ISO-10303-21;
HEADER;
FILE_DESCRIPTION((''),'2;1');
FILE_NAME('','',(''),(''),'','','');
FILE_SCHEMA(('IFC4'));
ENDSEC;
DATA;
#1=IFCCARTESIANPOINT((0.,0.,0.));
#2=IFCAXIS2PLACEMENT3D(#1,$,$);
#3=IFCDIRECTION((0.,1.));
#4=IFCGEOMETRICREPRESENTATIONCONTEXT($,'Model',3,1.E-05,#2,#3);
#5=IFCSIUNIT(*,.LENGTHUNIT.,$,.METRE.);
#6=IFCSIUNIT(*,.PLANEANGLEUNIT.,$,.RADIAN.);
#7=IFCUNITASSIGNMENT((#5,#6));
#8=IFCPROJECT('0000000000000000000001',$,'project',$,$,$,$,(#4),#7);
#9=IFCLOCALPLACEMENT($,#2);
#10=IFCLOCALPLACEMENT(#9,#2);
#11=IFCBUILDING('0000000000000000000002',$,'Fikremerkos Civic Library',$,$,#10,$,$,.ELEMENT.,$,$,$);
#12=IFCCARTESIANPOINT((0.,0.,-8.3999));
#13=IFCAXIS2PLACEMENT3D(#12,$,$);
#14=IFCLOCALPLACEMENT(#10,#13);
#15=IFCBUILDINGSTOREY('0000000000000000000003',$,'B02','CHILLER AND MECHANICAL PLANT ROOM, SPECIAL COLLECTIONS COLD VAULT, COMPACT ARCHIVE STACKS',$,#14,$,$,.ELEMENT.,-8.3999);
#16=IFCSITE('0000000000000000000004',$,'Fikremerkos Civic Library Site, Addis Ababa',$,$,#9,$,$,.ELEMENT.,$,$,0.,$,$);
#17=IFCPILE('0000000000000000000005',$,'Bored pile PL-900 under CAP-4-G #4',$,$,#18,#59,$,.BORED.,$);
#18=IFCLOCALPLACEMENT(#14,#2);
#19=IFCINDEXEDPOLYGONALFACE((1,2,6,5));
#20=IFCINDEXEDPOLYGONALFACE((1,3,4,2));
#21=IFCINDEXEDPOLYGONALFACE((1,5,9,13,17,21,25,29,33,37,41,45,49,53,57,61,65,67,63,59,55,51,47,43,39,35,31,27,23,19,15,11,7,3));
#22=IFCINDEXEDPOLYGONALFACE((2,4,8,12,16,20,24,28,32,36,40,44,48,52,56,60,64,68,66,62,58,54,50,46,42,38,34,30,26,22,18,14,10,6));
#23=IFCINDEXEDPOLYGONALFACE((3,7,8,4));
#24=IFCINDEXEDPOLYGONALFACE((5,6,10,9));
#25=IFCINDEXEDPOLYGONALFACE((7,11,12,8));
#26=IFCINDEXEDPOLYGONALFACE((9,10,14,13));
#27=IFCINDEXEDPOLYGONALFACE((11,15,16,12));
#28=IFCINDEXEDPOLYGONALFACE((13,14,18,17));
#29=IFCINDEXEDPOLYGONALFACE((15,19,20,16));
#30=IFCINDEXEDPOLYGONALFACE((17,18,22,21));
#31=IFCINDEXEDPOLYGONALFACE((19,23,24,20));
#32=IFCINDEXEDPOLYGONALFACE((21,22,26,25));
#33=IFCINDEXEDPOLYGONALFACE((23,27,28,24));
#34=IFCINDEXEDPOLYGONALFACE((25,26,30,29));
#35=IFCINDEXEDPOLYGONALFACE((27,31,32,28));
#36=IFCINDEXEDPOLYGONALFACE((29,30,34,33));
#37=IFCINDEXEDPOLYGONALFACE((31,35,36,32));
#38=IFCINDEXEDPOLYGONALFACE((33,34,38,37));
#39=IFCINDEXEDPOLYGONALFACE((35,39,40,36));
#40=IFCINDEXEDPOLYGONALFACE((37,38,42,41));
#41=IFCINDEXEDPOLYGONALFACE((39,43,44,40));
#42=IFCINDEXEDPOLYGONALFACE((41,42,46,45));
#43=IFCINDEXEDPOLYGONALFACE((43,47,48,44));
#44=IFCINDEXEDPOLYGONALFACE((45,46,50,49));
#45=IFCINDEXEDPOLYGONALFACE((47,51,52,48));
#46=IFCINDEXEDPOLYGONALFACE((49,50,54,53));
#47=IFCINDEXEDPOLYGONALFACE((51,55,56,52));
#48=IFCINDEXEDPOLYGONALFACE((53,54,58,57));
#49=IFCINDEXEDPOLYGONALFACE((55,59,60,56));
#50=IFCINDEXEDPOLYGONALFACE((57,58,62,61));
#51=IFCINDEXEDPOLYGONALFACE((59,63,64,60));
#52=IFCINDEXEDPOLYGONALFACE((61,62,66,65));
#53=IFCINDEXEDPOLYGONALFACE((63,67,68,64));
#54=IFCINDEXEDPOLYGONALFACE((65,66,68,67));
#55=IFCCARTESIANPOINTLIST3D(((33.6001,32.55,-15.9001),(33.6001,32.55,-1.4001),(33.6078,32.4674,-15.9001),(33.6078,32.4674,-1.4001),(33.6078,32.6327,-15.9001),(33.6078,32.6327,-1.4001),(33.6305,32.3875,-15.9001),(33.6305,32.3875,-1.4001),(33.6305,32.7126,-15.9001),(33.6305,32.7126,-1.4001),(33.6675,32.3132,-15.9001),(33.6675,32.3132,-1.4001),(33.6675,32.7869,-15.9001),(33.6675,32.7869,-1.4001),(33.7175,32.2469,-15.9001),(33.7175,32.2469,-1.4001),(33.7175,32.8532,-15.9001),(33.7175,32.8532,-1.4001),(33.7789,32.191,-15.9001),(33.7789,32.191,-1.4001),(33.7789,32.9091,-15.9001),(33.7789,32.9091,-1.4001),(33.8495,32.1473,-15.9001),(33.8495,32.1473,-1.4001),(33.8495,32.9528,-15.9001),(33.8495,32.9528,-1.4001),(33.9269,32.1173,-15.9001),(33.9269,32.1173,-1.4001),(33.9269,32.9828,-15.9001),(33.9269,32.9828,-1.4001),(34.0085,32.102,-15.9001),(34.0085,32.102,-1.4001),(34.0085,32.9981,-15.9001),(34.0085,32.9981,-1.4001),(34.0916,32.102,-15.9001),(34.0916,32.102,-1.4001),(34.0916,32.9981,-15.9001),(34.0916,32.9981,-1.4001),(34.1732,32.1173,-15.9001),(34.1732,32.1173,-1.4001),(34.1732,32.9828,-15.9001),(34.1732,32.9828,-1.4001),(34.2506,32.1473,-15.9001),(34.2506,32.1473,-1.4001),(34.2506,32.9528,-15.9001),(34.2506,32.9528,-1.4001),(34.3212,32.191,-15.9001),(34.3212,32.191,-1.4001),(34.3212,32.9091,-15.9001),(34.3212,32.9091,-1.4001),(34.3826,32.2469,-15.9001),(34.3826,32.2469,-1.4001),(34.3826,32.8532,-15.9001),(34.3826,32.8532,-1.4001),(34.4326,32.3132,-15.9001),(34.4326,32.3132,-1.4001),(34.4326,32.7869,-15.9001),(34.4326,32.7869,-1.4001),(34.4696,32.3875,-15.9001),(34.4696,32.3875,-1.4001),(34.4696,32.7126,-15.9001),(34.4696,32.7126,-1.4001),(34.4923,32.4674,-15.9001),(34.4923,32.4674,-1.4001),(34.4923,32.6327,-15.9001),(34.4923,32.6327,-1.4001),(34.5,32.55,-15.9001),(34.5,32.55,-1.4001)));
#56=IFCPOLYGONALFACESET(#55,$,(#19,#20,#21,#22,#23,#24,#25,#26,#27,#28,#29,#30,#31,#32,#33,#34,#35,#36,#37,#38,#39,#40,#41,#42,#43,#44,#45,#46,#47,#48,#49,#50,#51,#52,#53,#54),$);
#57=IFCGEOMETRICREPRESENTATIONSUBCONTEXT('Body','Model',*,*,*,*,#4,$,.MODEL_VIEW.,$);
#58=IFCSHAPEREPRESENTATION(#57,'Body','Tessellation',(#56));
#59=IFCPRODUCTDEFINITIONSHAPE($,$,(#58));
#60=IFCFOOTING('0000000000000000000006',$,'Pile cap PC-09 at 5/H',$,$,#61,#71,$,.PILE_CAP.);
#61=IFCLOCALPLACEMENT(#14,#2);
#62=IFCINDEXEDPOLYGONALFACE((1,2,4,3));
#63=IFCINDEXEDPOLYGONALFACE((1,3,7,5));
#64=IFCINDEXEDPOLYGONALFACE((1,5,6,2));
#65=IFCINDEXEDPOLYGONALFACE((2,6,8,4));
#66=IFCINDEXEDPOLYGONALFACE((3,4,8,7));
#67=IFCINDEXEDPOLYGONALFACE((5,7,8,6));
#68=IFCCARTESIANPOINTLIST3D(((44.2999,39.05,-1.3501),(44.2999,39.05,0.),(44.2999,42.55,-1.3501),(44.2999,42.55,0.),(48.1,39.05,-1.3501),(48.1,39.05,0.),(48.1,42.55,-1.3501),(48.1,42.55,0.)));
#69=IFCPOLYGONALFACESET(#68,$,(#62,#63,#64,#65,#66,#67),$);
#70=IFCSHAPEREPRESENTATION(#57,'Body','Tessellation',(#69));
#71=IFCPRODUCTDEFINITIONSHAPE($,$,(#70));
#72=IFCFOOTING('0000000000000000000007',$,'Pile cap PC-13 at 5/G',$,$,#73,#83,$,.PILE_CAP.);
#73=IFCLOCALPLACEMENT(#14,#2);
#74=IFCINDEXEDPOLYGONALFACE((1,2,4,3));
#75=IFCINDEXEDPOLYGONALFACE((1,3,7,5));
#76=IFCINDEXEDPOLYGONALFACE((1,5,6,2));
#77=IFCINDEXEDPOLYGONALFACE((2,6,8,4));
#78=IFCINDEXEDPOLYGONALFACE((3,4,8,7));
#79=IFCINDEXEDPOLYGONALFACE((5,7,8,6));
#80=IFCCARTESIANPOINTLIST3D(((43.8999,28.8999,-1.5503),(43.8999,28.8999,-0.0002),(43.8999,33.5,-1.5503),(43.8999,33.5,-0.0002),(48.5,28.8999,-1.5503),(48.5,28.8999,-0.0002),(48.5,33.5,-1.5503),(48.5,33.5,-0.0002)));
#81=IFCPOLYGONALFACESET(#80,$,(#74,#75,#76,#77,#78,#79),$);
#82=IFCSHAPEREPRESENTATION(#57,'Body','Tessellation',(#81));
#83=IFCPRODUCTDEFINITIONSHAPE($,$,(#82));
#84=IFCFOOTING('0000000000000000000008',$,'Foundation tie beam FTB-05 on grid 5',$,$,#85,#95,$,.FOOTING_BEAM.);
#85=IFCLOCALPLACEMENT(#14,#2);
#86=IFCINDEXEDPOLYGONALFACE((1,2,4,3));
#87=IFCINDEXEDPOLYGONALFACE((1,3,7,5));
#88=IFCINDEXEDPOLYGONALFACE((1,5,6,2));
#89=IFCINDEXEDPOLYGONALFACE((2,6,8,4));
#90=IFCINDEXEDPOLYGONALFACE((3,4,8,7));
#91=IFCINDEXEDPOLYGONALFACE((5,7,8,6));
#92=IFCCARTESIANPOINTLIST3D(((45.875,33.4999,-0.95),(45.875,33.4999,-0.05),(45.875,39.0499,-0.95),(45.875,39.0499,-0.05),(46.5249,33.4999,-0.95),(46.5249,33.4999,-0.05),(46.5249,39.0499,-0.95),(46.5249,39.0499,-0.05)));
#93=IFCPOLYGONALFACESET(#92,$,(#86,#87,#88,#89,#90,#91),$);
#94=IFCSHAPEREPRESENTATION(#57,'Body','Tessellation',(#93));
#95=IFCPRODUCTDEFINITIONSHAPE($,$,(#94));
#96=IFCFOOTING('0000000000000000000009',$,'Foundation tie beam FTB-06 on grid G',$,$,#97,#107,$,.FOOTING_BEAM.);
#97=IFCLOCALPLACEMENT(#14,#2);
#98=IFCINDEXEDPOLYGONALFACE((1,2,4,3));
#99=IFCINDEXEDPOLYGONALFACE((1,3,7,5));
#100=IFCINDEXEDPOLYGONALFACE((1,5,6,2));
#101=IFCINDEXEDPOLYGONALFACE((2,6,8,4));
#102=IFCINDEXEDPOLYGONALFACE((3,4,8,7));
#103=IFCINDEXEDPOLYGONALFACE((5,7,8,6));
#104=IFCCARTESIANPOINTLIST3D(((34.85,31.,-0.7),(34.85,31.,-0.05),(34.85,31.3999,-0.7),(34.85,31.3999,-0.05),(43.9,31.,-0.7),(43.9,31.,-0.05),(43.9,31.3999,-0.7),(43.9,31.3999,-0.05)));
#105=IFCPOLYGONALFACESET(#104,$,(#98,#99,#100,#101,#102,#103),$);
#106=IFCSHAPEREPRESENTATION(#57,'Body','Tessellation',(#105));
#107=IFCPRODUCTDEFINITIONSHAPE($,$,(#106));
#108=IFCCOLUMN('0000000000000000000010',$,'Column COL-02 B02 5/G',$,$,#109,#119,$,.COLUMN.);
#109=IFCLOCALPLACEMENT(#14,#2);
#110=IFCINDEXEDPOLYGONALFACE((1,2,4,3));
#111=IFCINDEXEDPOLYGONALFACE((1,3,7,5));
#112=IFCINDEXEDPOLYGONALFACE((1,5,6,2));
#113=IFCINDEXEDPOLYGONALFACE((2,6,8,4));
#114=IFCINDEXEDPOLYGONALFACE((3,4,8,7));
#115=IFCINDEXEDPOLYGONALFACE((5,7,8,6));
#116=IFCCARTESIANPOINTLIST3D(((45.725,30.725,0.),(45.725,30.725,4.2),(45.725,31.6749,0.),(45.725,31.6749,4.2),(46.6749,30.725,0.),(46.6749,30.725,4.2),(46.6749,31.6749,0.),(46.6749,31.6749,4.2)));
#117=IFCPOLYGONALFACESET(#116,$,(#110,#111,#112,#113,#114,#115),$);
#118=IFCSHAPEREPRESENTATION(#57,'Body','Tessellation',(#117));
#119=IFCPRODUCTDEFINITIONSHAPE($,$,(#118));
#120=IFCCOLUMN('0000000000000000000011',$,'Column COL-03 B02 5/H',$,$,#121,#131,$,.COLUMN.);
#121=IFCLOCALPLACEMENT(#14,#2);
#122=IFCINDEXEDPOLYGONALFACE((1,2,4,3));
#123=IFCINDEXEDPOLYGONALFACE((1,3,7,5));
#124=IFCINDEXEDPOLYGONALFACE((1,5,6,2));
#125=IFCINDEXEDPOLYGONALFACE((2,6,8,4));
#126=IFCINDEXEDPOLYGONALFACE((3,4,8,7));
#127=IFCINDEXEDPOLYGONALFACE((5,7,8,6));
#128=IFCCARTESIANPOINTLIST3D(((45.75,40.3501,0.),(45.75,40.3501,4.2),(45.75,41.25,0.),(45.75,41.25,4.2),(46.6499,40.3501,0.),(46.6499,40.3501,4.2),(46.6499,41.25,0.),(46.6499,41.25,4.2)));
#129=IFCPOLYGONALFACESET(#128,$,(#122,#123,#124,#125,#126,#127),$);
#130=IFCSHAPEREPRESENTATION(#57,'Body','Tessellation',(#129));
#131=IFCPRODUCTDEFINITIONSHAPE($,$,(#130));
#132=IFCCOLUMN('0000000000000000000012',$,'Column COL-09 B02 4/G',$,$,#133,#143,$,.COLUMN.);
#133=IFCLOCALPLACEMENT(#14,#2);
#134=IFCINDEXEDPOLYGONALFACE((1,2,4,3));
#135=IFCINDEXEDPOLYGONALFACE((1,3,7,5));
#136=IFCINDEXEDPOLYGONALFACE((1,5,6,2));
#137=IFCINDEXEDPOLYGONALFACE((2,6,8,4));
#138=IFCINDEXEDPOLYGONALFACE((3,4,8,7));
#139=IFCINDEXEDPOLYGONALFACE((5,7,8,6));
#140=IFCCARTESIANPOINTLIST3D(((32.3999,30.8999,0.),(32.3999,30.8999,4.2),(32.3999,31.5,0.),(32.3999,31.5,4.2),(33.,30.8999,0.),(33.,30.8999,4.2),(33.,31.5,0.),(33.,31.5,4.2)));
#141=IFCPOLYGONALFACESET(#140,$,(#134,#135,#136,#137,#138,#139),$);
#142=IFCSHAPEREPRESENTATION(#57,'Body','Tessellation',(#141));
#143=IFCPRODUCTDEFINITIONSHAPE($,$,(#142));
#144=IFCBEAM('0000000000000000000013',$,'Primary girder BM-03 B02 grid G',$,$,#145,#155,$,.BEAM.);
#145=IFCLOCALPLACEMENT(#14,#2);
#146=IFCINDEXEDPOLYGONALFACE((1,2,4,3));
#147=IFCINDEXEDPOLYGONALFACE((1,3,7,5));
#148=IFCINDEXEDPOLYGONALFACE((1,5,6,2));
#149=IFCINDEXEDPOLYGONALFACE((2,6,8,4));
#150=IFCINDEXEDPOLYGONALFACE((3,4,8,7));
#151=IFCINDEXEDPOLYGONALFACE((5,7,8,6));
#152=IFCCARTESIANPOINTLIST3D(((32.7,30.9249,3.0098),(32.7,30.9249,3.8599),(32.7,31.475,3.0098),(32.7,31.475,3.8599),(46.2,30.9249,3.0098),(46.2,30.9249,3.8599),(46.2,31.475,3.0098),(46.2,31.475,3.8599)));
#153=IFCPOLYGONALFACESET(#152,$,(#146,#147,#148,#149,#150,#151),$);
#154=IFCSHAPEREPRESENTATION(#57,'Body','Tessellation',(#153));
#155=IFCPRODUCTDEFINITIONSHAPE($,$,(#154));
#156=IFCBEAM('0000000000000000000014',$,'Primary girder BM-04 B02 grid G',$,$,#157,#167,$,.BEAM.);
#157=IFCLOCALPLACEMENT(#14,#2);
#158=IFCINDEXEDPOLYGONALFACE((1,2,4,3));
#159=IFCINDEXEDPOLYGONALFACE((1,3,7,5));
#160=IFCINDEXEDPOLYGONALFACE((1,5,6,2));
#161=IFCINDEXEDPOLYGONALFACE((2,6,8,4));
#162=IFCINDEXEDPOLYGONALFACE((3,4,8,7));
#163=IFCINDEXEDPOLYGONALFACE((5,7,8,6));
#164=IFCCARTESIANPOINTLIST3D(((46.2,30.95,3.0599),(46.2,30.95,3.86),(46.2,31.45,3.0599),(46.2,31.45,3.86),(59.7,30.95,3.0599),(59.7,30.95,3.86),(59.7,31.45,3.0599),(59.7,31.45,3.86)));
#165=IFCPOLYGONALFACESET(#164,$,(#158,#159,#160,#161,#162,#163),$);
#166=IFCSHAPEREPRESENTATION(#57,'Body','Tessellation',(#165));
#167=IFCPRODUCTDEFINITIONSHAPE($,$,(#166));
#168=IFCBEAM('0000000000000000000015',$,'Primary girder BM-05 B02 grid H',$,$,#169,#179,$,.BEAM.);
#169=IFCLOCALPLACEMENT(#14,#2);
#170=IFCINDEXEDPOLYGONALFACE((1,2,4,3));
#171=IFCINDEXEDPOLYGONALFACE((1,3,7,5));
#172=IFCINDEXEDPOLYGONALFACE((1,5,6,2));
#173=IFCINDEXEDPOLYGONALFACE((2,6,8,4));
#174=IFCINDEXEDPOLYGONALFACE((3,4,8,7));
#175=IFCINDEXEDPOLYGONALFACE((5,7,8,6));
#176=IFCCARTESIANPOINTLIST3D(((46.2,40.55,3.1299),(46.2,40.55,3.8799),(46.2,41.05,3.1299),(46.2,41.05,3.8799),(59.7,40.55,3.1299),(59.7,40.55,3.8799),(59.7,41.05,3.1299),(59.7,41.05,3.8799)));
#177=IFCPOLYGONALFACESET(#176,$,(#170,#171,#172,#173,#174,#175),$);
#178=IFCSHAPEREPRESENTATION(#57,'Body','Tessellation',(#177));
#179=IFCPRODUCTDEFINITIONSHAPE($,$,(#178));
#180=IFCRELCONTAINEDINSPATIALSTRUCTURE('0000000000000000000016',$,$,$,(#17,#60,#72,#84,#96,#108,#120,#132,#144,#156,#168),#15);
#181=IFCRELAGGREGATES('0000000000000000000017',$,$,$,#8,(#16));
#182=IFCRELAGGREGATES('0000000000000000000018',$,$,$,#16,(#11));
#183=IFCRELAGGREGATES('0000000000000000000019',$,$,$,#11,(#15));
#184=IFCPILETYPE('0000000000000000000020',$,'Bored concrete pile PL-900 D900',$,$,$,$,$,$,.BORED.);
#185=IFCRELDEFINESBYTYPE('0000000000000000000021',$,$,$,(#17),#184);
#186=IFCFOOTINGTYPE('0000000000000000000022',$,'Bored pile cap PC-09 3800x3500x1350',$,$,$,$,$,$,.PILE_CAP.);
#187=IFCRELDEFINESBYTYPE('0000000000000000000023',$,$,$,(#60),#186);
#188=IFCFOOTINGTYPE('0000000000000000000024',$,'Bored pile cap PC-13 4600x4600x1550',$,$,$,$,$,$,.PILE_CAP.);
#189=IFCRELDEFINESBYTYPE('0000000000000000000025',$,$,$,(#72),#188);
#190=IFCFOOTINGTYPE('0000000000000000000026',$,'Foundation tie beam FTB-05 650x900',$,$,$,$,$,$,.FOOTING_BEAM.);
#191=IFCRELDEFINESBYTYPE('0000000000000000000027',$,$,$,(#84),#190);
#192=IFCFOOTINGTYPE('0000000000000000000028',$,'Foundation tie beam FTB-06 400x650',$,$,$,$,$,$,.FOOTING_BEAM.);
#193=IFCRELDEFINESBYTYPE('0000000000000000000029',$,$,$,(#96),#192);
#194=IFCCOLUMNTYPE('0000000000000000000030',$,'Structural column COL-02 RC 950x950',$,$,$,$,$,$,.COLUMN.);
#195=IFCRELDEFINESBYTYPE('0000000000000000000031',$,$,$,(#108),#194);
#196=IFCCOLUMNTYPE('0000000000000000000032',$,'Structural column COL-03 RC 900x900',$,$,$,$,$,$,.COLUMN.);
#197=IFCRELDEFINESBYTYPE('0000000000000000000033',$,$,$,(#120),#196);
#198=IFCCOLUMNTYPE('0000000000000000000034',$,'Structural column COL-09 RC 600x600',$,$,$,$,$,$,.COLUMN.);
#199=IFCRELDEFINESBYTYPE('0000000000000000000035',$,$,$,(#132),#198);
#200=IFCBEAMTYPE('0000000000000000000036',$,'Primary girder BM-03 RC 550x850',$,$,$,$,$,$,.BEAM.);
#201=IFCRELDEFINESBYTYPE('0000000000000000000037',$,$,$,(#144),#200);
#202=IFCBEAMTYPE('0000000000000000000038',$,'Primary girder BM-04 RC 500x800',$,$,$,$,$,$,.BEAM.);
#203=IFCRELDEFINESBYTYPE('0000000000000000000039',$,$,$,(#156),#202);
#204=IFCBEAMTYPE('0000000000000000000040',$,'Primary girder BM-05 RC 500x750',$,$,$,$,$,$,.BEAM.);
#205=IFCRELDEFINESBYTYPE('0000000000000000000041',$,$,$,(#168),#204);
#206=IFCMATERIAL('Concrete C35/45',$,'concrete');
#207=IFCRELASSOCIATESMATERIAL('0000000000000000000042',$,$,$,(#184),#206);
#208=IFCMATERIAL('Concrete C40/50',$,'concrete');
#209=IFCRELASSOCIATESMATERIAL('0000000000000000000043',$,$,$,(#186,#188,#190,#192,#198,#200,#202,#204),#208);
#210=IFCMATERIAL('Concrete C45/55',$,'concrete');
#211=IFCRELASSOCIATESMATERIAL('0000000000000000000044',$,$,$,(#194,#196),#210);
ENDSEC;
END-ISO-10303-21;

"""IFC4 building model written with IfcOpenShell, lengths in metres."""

from ifc_helpers import new_model, si_unit, direction, frame, origin, origin_2d, place, context, subcontext, project, spatial, rectangle, circle, extrude, material, material_profile, profile_set, type_object, element, save


model = new_model("IFC4")

# Units and contexts
model_context = context("Model", 3, precision=1e-05, world=origin(), true_north=direction((0.0, 1.0)))
body_context = subcontext(model_context, "Body", "Model", "MODEL_VIEW")
ifc_project = project(units=[si_unit("LENGTHUNIT", "METRE"), si_unit("PLANEANGLEUNIT", "RADIAN")], contexts=[model_context])

# Site, building, storey
site_placement = place(None, origin())
site = spatial("IfcSite", under=ifc_project, at=site_placement, Name="Fikremerkos Civic Library Site, Addis Ababa", CompositionType="ELEMENT", RefElevation=0.0)
building_placement = place(site_placement, origin())
building = spatial("IfcBuilding", under=site, at=building_placement, Name="Fikremerkos Civic Library", CompositionType="ELEMENT")
storey_placement = place(building_placement, frame((0.0, 0.0, -8.3999)))
storey = spatial("IfcBuildingStorey", under=building, at=storey_placement, Name="B02", Description="CHILLER AND MECHANICAL PLANT ROOM, SPECIAL COLLECTIONS COLD VAULT, COMPACT ARCHIVE STACKS", CompositionType="ELEMENT", Elevation=-8.3999)

# Pile
ifc_material_1 = material(Name="Concrete C35/45", Category="concrete")
ifc_material_profile_1 = material_profile(ifc_material_1, circle(Radius=0.45, at=origin_2d()), Name="BORED PILE 900")
ifc_profile_set_1 = profile_set([ifc_material_profile_1], Name="Concrete C35/45")
pile_type_1 = type_object("IfcPileType", Name="Bored concrete pile PL-900 D900", PredefinedType="BORED", material=ifc_profile_set_1)
for number, where, z_axis, x_axis, name in (
    (1, (34.05, 32.55, -1.4001), (0.0, 0.0, -1.0), (1.0, 0.0, 0.0), "Bored pile PL-900 under CAP-4-G #4"),
):
    element("IfcPile", number, at=place(storey_placement, frame(where, z_axis=z_axis, x_axis=x_axis)), inside=storey, type_object=pile_type_1, Name=name, PredefinedType="BORED", context=body_context, shape_type="SweptSolid", body=[
        extrude(circle(Radius=0.45, at=origin_2d()), origin(), (0.0, 0.0, 1.0), 14.5),
    ])

# Footings
ifc_material_2 = material(Name="Concrete C40/50", Category="concrete")
footing_type_1 = type_object("IfcFootingType", Name="Bored pile cap PC-09 3800x3500x1350", PredefinedType="PILE_CAP", material=ifc_material_2)
footing_1_placement = place(storey_placement, frame((46.2, 40.8, -1.3501), z_axis=(0.0, 0.0, 1.0), x_axis=(1.0, 0.0, 0.0)))
element("IfcFooting", 2, at=footing_1_placement, inside=storey, type_object=footing_type_1, Name="Pile cap PC-09 at 5/H", PredefinedType="PILE_CAP", context=body_context, shape_type="SweptSolid", body=[
    extrude(rectangle(XDim=3.8, YDim=3.5, at=origin_2d()), origin(), (0.0, 0.0, 1.0), 1.3501),
])
footing_type_2 = type_object("IfcFootingType", Name="Bored pile cap PC-13 4600x4600x1550", PredefinedType="PILE_CAP", material=ifc_material_2)
footing_2_placement = place(storey_placement, frame((46.2, 31.2, -1.5503), z_axis=(0.0, 0.0, 1.0), x_axis=(1.0, 0.0, 0.0)))
element("IfcFooting", 3, at=footing_2_placement, inside=storey, type_object=footing_type_2, Name="Pile cap PC-13 at 5/G", PredefinedType="PILE_CAP", context=body_context, shape_type="SweptSolid", body=[
    extrude(rectangle(XDim=4.6001, YDim=4.6001, at=origin_2d()), origin(), (0.0, 0.0, 1.0), 1.55),
])
footing_type_3 = type_object("IfcFootingType", Name="Foundation tie beam FTB-05 650x900", PredefinedType="FOOTING_BEAM", material=ifc_material_2)
footing_3_placement = place(storey_placement, frame((46.2, 36.2749, -0.95), z_axis=(0.0, 0.0, 1.0), x_axis=(0.0, 1.0, 0.0)))
element("IfcFooting", 4, at=footing_3_placement, inside=storey, type_object=footing_type_3, Name="Foundation tie beam FTB-05 on grid 5", PredefinedType="FOOTING_BEAM", context=body_context, shape_type="SweptSolid", body=[
    extrude(rectangle(XDim=5.55, YDim=0.6499, at=origin_2d()), origin(), (0.0, 0.0, 1.0), 0.8999),
])
footing_type_4 = type_object("IfcFootingType", Name="Foundation tie beam FTB-06 400x650", PredefinedType="FOOTING_BEAM", material=ifc_material_2)
footing_4_placement = place(storey_placement, frame((39.375, 31.2, -0.7), z_axis=(0.0, 0.0, 1.0), x_axis=(1.0, 0.0, 0.0)))
element("IfcFooting", 5, at=footing_4_placement, inside=storey, type_object=footing_type_4, Name="Foundation tie beam FTB-06 on grid G", PredefinedType="FOOTING_BEAM", context=body_context, shape_type="SweptSolid", body=[
    extrude(rectangle(XDim=9.05, YDim=0.3999, at=origin_2d()), origin(), (0.0, 0.0, 1.0), 0.6499),
])

# Columns
ifc_material_3 = material(Name="Concrete C45/55", Category="concrete")
ifc_material_profile_2 = material_profile(ifc_material_3, rectangle(XDim=0.95, YDim=0.95, at=origin_2d()), Name="RC 950x950")
ifc_profile_set_2 = profile_set([ifc_material_profile_2], Name="Concrete C45/55")
column_type_1 = type_object("IfcColumnType", Name="Structural column COL-02 RC 950x950", PredefinedType="COLUMN", material=ifc_profile_set_2)
column_1_placement = place(storey_placement, frame((46.2, 31.2, 0.0), z_axis=(0.0, 0.0, 1.0), x_axis=(1.0, 0.0, 0.0)))
element("IfcColumn", 6, at=column_1_placement, inside=storey, type_object=column_type_1, Name="Column COL-02 B02 5/G", PredefinedType="COLUMN", context=body_context, shape_type="SweptSolid", body=[
    extrude(rectangle(XDim=0.95, YDim=0.95, at=origin_2d()), origin(), (0.0, 0.0, 1.0), 4.2),
])
ifc_material_profile_3 = material_profile(ifc_material_3, rectangle(XDim=0.8999, YDim=0.8999, at=origin_2d()), Name="RC 900x900")
ifc_profile_set_3 = profile_set([ifc_material_profile_3], Name="Concrete C45/55")
column_type_2 = type_object("IfcColumnType", Name="Structural column COL-03 RC 900x900", PredefinedType="COLUMN", material=ifc_profile_set_3)
column_2_placement = place(storey_placement, frame((46.2, 40.8, 0.0), z_axis=(0.0, 0.0, 1.0), x_axis=(1.0, 0.0, 0.0)))
element("IfcColumn", 7, at=column_2_placement, inside=storey, type_object=column_type_2, Name="Column COL-03 B02 5/H", PredefinedType="COLUMN", context=body_context, shape_type="SweptSolid", body=[
    extrude(rectangle(XDim=0.8999, YDim=0.8999, at=origin_2d()), origin(), (0.0, 0.0, 1.0), 4.2),
])
ifc_material_profile_4 = material_profile(ifc_material_2, rectangle(XDim=0.6001, YDim=0.6001, at=origin_2d()), Name="RC 600x600")
ifc_profile_set_4 = profile_set([ifc_material_profile_4], Name="Concrete C40/50")
column_type_3 = type_object("IfcColumnType", Name="Structural column COL-09 RC 600x600", PredefinedType="COLUMN", material=ifc_profile_set_4)
column_3_placement = place(storey_placement, frame((32.7, 31.2, 0.0), z_axis=(0.0, 0.0, 1.0), x_axis=(1.0, 0.0, 0.0)))
element("IfcColumn", 8, at=column_3_placement, inside=storey, type_object=column_type_3, Name="Column COL-09 B02 4/G", PredefinedType="COLUMN", context=body_context, shape_type="SweptSolid", body=[
    extrude(rectangle(XDim=0.6001, YDim=0.6001, at=origin_2d()), origin(), (0.0, 0.0, 1.0), 4.2),
])

# Beams
ifc_material_profile_5 = material_profile(ifc_material_2, rectangle(XDim=0.55, YDim=0.8501, at=origin_2d()), Name="RC 550x850")
ifc_profile_set_5 = profile_set([ifc_material_profile_5], Name="Concrete C40/50")
beam_type_1 = type_object("IfcBeamType", Name="Primary girder BM-03 RC 550x850", PredefinedType="BEAM", material=ifc_profile_set_5)
beam_1_placement = place(storey_placement, frame((32.7, 31.2, 3.4348), z_axis=(1.0, 0.0, 0.0), x_axis=(0.0, 1.0, 0.0)))
element("IfcBeam", 9, at=beam_1_placement, inside=storey, type_object=beam_type_1, Name="Primary girder BM-03 B02 grid G", PredefinedType="BEAM", context=body_context, shape_type="SweptSolid", body=[
    extrude(rectangle(XDim=0.55, YDim=0.8501, at=origin_2d()), origin(), (0.0, 0.0, 1.0), 13.5),
])
ifc_material_profile_6 = material_profile(ifc_material_2, rectangle(XDim=0.5, YDim=0.8, at=origin_2d()), Name="RC 500x800")
ifc_profile_set_6 = profile_set([ifc_material_profile_6], Name="Concrete C40/50")
beam_type_2 = type_object("IfcBeamType", Name="Primary girder BM-04 RC 500x800", PredefinedType="BEAM", material=ifc_profile_set_6)
beam_2_placement = place(storey_placement, frame((46.2, 31.2, 3.46), z_axis=(1.0, 0.0, 0.0), x_axis=(0.0, 1.0, 0.0)))
element("IfcBeam", 10, at=beam_2_placement, inside=storey, type_object=beam_type_2, Name="Primary girder BM-04 B02 grid G", PredefinedType="BEAM", context=body_context, shape_type="SweptSolid", body=[
    extrude(rectangle(XDim=0.5, YDim=0.8, at=origin_2d()), origin(), (0.0, 0.0, 1.0), 13.5),
])
ifc_material_profile_7 = material_profile(ifc_material_2, rectangle(XDim=0.5, YDim=0.75, at=origin_2d()), Name="RC 500x750")
ifc_profile_set_7 = profile_set([ifc_material_profile_7], Name="Concrete C40/50")
beam_type_3 = type_object("IfcBeamType", Name="Primary girder BM-05 RC 500x750", PredefinedType="BEAM", material=ifc_profile_set_7)
beam_3_placement = place(storey_placement, frame((46.2, 40.8, 3.5049), z_axis=(1.0, 0.0, 0.0), x_axis=(0.0, 1.0, 0.0)))
element("IfcBeam", 11, at=beam_3_placement, inside=storey, type_object=beam_type_3, Name="Primary girder BM-05 B02 grid H", PredefinedType="BEAM", context=body_context, shape_type="SweptSolid", body=[
    extrude(rectangle(XDim=0.5, YDim=0.75, at=origin_2d()), origin(), (0.0, 0.0, 1.0), 13.5),
])

save(model, "model.ifc")
